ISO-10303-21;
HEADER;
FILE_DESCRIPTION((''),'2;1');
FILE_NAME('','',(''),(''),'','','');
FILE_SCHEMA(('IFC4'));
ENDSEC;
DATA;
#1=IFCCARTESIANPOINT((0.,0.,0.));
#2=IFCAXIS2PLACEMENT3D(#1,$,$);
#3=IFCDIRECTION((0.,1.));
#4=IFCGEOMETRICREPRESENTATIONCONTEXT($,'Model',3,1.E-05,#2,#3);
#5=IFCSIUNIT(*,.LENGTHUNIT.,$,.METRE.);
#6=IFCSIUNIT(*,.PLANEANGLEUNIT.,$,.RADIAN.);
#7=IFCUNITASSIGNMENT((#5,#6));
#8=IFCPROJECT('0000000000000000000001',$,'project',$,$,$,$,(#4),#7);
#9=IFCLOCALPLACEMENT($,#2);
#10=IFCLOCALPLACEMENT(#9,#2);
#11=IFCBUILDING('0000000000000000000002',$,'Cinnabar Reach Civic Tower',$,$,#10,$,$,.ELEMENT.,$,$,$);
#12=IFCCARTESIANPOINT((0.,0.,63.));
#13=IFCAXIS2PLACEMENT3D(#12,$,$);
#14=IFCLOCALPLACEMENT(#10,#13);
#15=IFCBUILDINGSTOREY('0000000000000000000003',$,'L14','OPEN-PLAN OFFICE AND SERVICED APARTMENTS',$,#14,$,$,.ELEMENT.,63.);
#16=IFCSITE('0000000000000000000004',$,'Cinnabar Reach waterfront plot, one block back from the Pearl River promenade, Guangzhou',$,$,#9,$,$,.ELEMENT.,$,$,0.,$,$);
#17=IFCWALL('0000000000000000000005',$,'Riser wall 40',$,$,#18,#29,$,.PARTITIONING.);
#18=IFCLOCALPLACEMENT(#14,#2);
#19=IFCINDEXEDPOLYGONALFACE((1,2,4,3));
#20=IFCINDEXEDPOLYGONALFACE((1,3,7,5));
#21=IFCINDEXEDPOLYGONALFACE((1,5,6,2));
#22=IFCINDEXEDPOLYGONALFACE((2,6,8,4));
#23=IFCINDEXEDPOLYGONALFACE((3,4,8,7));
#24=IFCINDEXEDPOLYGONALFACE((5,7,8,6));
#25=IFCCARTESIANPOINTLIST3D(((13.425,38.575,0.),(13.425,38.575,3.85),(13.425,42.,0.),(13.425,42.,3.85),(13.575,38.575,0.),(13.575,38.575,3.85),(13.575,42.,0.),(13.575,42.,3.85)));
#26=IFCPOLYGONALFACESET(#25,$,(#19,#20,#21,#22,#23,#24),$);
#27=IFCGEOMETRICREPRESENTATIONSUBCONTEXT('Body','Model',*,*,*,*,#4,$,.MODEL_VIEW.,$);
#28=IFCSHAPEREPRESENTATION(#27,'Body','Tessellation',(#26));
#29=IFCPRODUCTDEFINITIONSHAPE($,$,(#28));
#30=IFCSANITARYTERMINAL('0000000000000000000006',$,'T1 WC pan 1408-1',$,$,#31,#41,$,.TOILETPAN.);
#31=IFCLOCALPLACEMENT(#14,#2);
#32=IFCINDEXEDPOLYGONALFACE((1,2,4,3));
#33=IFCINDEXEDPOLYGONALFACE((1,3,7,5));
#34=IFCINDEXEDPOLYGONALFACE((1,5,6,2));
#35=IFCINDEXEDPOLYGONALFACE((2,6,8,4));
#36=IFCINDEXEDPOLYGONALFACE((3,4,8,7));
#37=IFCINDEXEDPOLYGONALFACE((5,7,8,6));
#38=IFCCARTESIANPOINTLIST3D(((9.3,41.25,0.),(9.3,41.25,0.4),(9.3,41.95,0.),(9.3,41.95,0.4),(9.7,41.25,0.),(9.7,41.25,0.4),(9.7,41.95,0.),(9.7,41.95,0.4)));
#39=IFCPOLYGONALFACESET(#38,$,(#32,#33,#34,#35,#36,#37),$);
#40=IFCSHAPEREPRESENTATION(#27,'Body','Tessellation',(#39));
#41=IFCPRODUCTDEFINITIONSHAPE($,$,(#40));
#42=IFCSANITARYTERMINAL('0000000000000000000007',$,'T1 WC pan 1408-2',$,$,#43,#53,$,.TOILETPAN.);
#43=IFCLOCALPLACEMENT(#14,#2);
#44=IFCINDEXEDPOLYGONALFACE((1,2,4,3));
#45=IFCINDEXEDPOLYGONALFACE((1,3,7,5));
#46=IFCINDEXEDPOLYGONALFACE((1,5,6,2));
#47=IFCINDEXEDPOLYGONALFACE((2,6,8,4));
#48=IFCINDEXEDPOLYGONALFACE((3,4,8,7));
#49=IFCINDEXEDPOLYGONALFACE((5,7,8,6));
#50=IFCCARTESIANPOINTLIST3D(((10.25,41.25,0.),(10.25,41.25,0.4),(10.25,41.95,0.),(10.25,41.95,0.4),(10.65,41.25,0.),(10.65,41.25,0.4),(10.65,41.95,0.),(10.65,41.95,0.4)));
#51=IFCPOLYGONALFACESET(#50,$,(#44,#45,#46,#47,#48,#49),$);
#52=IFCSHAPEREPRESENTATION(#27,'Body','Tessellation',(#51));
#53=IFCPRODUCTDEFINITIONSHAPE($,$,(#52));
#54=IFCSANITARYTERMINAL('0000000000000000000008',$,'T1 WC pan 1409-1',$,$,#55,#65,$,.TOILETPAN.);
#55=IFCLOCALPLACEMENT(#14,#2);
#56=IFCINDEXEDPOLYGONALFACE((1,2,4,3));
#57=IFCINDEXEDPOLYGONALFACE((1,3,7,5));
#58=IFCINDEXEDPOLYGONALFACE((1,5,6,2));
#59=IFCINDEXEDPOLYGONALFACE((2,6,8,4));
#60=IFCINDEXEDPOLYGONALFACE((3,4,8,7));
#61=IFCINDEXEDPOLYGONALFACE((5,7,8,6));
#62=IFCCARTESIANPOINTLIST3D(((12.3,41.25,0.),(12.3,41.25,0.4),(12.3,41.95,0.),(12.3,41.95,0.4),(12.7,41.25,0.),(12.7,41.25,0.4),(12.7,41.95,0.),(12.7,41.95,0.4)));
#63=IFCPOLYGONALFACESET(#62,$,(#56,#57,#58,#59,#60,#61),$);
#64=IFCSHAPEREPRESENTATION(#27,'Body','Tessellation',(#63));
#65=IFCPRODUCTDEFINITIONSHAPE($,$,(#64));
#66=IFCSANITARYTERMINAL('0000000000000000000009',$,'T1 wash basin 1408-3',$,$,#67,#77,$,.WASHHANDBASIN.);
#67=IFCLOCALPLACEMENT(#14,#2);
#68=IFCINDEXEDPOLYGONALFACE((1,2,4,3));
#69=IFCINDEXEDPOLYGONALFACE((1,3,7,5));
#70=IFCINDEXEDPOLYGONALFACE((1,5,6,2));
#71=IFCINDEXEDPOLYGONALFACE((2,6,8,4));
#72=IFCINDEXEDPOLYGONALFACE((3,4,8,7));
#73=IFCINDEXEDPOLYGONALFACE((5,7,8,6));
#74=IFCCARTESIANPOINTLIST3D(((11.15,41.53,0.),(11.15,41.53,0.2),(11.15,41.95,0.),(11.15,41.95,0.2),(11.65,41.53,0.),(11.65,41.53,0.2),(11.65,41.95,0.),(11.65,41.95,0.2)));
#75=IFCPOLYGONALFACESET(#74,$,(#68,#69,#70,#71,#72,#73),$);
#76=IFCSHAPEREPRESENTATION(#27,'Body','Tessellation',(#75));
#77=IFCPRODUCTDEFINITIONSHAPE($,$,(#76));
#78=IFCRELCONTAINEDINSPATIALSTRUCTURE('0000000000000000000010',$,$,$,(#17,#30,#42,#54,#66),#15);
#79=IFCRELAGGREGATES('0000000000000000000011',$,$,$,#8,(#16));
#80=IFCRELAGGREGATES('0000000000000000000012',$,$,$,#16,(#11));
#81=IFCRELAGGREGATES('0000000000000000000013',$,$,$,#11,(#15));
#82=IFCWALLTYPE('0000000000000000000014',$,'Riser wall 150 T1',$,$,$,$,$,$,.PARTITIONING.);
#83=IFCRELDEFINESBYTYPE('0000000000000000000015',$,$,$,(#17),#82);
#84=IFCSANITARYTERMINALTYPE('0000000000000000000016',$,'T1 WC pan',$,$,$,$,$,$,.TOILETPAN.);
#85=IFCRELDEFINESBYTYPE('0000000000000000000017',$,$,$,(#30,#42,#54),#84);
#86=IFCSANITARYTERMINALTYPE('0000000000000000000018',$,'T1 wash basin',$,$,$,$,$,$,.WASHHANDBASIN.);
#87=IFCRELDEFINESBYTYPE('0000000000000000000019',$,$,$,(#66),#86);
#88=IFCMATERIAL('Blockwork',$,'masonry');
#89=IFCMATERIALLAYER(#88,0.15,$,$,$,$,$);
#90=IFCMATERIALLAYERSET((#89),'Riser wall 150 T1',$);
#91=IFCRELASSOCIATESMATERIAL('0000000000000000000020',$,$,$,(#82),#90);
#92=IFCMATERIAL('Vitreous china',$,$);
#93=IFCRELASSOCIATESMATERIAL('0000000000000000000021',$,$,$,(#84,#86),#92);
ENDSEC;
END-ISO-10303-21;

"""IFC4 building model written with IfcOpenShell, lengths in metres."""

from ifc_helpers import new_model, si_unit, direction, frame, frame_2d, origin, origin_2d, place, context, subcontext, project, spatial, rectangle, extrude, material, layer, layer_set, type_object, element, save


model = new_model("IFC4")

# Units and contexts
model_context = context("Model", 3, precision=1e-05, world=origin(), true_north=direction((0.0, 1.0)))
body_context = subcontext(model_context, "Body", "Model", "MODEL_VIEW")
ifc_project = project(units=[si_unit("LENGTHUNIT", "METRE"), si_unit("PLANEANGLEUNIT", "RADIAN")], contexts=[model_context])

# Site, building, storey
site_placement = place(None, origin())
site = spatial("IfcSite", under=ifc_project, at=site_placement, Name="Cinnabar Reach waterfront plot, one block back from the Pearl River promenade, Guangzhou", CompositionType="ELEMENT", RefElevation=0.0)
building_placement = place(site_placement, origin())
building = spatial("IfcBuilding", under=site, at=building_placement, Name="Cinnabar Reach Civic Tower", CompositionType="ELEMENT")
storey_placement = place(building_placement, frame((0.0, 0.0, 63.0)))
storey = spatial("IfcBuildingStorey", under=building, at=storey_placement, Name="L14", Description="OPEN-PLAN OFFICE AND SERVICED APARTMENTS", CompositionType="ELEMENT", Elevation=63.0)

# Shared definitions
ifc_material_1 = material(Name="Blockwork", Category="masonry")

# Wall
ifc_layer_1 = layer(ifc_material_1, 0.15)
ifc_layer_set_1 = layer_set([ifc_layer_1], Name="Riser wall 150 T1")
wall_type_1 = type_object("IfcWallType", Name="Riser wall 150 T1", PredefinedType="PARTITIONING", material=ifc_layer_set_1)
wall_1_placement = place(storey_placement, frame((13.5, 38.575, 0.0), z_axis=(0.0, 0.0, 1.0), x_axis=(0.0, 1.0, 0.0)))
element("IfcWall", 1, at=wall_1_placement, inside=storey, type_object=wall_type_1, Name="Riser wall 40", PredefinedType="PARTITIONING", context=body_context, shape_type="SweptSolid", body=[
    extrude(rectangle(XDim=3.425, YDim=0.15, at=frame_2d((1.7125, 0.0))), origin(), (0.0, 0.0, 1.0), 3.85),
])

# Sanitary terminals
ifc_material_2 = material(Name="Vitreous china")
sanitary_terminal_type_1 = type_object("IfcSanitaryTerminalType", Name="T1 WC pan", PredefinedType="TOILETPAN", material=ifc_material_2)
for number, where, z_axis, x_axis, name in (
    (2, (9.5, 41.6, 0.0), (0.0, 0.0, 1.0), (1.0, 0.0, 0.0), "T1 WC pan 1408-1"),
    (3, (10.45, 41.6, 0.0), (0.0, 0.0, 1.0), (1.0, 0.0, 0.0), "T1 WC pan 1408-2"),
    (4, (12.5, 41.6, 0.0), (0.0, 0.0, 1.0), (1.0, 0.0, 0.0), "T1 WC pan 1409-1"),
):
    element("IfcSanitaryTerminal", number, at=place(storey_placement, frame(where, z_axis=z_axis, x_axis=x_axis)), inside=storey, type_object=sanitary_terminal_type_1, Name=name, PredefinedType="TOILETPAN", context=body_context, shape_type="SweptSolid", body=[
        extrude(rectangle(XDim=0.4, YDim=0.7, at=origin_2d()), origin(), (0.0, 0.0, 1.0), 0.4),
    ])
sanitary_terminal_type_2 = type_object("IfcSanitaryTerminalType", Name="T1 wash basin", PredefinedType="WASHHANDBASIN", material=ifc_material_2)
sanitary_terminal_placement = place(storey_placement, frame((11.4, 41.74, 0.0), z_axis=(0.0, 0.0, 1.0), x_axis=(1.0, 0.0, 0.0)))
element("IfcSanitaryTerminal", 5, at=sanitary_terminal_placement, inside=storey, type_object=sanitary_terminal_type_2, Name="T1 wash basin 1408-3", PredefinedType="WASHHANDBASIN", context=body_context, shape_type="SweptSolid", body=[
    extrude(rectangle(XDim=0.5, YDim=0.42, at=origin_2d()), origin(), (0.0, 0.0, 1.0), 0.2),
])

save(model, "model.ifc")
